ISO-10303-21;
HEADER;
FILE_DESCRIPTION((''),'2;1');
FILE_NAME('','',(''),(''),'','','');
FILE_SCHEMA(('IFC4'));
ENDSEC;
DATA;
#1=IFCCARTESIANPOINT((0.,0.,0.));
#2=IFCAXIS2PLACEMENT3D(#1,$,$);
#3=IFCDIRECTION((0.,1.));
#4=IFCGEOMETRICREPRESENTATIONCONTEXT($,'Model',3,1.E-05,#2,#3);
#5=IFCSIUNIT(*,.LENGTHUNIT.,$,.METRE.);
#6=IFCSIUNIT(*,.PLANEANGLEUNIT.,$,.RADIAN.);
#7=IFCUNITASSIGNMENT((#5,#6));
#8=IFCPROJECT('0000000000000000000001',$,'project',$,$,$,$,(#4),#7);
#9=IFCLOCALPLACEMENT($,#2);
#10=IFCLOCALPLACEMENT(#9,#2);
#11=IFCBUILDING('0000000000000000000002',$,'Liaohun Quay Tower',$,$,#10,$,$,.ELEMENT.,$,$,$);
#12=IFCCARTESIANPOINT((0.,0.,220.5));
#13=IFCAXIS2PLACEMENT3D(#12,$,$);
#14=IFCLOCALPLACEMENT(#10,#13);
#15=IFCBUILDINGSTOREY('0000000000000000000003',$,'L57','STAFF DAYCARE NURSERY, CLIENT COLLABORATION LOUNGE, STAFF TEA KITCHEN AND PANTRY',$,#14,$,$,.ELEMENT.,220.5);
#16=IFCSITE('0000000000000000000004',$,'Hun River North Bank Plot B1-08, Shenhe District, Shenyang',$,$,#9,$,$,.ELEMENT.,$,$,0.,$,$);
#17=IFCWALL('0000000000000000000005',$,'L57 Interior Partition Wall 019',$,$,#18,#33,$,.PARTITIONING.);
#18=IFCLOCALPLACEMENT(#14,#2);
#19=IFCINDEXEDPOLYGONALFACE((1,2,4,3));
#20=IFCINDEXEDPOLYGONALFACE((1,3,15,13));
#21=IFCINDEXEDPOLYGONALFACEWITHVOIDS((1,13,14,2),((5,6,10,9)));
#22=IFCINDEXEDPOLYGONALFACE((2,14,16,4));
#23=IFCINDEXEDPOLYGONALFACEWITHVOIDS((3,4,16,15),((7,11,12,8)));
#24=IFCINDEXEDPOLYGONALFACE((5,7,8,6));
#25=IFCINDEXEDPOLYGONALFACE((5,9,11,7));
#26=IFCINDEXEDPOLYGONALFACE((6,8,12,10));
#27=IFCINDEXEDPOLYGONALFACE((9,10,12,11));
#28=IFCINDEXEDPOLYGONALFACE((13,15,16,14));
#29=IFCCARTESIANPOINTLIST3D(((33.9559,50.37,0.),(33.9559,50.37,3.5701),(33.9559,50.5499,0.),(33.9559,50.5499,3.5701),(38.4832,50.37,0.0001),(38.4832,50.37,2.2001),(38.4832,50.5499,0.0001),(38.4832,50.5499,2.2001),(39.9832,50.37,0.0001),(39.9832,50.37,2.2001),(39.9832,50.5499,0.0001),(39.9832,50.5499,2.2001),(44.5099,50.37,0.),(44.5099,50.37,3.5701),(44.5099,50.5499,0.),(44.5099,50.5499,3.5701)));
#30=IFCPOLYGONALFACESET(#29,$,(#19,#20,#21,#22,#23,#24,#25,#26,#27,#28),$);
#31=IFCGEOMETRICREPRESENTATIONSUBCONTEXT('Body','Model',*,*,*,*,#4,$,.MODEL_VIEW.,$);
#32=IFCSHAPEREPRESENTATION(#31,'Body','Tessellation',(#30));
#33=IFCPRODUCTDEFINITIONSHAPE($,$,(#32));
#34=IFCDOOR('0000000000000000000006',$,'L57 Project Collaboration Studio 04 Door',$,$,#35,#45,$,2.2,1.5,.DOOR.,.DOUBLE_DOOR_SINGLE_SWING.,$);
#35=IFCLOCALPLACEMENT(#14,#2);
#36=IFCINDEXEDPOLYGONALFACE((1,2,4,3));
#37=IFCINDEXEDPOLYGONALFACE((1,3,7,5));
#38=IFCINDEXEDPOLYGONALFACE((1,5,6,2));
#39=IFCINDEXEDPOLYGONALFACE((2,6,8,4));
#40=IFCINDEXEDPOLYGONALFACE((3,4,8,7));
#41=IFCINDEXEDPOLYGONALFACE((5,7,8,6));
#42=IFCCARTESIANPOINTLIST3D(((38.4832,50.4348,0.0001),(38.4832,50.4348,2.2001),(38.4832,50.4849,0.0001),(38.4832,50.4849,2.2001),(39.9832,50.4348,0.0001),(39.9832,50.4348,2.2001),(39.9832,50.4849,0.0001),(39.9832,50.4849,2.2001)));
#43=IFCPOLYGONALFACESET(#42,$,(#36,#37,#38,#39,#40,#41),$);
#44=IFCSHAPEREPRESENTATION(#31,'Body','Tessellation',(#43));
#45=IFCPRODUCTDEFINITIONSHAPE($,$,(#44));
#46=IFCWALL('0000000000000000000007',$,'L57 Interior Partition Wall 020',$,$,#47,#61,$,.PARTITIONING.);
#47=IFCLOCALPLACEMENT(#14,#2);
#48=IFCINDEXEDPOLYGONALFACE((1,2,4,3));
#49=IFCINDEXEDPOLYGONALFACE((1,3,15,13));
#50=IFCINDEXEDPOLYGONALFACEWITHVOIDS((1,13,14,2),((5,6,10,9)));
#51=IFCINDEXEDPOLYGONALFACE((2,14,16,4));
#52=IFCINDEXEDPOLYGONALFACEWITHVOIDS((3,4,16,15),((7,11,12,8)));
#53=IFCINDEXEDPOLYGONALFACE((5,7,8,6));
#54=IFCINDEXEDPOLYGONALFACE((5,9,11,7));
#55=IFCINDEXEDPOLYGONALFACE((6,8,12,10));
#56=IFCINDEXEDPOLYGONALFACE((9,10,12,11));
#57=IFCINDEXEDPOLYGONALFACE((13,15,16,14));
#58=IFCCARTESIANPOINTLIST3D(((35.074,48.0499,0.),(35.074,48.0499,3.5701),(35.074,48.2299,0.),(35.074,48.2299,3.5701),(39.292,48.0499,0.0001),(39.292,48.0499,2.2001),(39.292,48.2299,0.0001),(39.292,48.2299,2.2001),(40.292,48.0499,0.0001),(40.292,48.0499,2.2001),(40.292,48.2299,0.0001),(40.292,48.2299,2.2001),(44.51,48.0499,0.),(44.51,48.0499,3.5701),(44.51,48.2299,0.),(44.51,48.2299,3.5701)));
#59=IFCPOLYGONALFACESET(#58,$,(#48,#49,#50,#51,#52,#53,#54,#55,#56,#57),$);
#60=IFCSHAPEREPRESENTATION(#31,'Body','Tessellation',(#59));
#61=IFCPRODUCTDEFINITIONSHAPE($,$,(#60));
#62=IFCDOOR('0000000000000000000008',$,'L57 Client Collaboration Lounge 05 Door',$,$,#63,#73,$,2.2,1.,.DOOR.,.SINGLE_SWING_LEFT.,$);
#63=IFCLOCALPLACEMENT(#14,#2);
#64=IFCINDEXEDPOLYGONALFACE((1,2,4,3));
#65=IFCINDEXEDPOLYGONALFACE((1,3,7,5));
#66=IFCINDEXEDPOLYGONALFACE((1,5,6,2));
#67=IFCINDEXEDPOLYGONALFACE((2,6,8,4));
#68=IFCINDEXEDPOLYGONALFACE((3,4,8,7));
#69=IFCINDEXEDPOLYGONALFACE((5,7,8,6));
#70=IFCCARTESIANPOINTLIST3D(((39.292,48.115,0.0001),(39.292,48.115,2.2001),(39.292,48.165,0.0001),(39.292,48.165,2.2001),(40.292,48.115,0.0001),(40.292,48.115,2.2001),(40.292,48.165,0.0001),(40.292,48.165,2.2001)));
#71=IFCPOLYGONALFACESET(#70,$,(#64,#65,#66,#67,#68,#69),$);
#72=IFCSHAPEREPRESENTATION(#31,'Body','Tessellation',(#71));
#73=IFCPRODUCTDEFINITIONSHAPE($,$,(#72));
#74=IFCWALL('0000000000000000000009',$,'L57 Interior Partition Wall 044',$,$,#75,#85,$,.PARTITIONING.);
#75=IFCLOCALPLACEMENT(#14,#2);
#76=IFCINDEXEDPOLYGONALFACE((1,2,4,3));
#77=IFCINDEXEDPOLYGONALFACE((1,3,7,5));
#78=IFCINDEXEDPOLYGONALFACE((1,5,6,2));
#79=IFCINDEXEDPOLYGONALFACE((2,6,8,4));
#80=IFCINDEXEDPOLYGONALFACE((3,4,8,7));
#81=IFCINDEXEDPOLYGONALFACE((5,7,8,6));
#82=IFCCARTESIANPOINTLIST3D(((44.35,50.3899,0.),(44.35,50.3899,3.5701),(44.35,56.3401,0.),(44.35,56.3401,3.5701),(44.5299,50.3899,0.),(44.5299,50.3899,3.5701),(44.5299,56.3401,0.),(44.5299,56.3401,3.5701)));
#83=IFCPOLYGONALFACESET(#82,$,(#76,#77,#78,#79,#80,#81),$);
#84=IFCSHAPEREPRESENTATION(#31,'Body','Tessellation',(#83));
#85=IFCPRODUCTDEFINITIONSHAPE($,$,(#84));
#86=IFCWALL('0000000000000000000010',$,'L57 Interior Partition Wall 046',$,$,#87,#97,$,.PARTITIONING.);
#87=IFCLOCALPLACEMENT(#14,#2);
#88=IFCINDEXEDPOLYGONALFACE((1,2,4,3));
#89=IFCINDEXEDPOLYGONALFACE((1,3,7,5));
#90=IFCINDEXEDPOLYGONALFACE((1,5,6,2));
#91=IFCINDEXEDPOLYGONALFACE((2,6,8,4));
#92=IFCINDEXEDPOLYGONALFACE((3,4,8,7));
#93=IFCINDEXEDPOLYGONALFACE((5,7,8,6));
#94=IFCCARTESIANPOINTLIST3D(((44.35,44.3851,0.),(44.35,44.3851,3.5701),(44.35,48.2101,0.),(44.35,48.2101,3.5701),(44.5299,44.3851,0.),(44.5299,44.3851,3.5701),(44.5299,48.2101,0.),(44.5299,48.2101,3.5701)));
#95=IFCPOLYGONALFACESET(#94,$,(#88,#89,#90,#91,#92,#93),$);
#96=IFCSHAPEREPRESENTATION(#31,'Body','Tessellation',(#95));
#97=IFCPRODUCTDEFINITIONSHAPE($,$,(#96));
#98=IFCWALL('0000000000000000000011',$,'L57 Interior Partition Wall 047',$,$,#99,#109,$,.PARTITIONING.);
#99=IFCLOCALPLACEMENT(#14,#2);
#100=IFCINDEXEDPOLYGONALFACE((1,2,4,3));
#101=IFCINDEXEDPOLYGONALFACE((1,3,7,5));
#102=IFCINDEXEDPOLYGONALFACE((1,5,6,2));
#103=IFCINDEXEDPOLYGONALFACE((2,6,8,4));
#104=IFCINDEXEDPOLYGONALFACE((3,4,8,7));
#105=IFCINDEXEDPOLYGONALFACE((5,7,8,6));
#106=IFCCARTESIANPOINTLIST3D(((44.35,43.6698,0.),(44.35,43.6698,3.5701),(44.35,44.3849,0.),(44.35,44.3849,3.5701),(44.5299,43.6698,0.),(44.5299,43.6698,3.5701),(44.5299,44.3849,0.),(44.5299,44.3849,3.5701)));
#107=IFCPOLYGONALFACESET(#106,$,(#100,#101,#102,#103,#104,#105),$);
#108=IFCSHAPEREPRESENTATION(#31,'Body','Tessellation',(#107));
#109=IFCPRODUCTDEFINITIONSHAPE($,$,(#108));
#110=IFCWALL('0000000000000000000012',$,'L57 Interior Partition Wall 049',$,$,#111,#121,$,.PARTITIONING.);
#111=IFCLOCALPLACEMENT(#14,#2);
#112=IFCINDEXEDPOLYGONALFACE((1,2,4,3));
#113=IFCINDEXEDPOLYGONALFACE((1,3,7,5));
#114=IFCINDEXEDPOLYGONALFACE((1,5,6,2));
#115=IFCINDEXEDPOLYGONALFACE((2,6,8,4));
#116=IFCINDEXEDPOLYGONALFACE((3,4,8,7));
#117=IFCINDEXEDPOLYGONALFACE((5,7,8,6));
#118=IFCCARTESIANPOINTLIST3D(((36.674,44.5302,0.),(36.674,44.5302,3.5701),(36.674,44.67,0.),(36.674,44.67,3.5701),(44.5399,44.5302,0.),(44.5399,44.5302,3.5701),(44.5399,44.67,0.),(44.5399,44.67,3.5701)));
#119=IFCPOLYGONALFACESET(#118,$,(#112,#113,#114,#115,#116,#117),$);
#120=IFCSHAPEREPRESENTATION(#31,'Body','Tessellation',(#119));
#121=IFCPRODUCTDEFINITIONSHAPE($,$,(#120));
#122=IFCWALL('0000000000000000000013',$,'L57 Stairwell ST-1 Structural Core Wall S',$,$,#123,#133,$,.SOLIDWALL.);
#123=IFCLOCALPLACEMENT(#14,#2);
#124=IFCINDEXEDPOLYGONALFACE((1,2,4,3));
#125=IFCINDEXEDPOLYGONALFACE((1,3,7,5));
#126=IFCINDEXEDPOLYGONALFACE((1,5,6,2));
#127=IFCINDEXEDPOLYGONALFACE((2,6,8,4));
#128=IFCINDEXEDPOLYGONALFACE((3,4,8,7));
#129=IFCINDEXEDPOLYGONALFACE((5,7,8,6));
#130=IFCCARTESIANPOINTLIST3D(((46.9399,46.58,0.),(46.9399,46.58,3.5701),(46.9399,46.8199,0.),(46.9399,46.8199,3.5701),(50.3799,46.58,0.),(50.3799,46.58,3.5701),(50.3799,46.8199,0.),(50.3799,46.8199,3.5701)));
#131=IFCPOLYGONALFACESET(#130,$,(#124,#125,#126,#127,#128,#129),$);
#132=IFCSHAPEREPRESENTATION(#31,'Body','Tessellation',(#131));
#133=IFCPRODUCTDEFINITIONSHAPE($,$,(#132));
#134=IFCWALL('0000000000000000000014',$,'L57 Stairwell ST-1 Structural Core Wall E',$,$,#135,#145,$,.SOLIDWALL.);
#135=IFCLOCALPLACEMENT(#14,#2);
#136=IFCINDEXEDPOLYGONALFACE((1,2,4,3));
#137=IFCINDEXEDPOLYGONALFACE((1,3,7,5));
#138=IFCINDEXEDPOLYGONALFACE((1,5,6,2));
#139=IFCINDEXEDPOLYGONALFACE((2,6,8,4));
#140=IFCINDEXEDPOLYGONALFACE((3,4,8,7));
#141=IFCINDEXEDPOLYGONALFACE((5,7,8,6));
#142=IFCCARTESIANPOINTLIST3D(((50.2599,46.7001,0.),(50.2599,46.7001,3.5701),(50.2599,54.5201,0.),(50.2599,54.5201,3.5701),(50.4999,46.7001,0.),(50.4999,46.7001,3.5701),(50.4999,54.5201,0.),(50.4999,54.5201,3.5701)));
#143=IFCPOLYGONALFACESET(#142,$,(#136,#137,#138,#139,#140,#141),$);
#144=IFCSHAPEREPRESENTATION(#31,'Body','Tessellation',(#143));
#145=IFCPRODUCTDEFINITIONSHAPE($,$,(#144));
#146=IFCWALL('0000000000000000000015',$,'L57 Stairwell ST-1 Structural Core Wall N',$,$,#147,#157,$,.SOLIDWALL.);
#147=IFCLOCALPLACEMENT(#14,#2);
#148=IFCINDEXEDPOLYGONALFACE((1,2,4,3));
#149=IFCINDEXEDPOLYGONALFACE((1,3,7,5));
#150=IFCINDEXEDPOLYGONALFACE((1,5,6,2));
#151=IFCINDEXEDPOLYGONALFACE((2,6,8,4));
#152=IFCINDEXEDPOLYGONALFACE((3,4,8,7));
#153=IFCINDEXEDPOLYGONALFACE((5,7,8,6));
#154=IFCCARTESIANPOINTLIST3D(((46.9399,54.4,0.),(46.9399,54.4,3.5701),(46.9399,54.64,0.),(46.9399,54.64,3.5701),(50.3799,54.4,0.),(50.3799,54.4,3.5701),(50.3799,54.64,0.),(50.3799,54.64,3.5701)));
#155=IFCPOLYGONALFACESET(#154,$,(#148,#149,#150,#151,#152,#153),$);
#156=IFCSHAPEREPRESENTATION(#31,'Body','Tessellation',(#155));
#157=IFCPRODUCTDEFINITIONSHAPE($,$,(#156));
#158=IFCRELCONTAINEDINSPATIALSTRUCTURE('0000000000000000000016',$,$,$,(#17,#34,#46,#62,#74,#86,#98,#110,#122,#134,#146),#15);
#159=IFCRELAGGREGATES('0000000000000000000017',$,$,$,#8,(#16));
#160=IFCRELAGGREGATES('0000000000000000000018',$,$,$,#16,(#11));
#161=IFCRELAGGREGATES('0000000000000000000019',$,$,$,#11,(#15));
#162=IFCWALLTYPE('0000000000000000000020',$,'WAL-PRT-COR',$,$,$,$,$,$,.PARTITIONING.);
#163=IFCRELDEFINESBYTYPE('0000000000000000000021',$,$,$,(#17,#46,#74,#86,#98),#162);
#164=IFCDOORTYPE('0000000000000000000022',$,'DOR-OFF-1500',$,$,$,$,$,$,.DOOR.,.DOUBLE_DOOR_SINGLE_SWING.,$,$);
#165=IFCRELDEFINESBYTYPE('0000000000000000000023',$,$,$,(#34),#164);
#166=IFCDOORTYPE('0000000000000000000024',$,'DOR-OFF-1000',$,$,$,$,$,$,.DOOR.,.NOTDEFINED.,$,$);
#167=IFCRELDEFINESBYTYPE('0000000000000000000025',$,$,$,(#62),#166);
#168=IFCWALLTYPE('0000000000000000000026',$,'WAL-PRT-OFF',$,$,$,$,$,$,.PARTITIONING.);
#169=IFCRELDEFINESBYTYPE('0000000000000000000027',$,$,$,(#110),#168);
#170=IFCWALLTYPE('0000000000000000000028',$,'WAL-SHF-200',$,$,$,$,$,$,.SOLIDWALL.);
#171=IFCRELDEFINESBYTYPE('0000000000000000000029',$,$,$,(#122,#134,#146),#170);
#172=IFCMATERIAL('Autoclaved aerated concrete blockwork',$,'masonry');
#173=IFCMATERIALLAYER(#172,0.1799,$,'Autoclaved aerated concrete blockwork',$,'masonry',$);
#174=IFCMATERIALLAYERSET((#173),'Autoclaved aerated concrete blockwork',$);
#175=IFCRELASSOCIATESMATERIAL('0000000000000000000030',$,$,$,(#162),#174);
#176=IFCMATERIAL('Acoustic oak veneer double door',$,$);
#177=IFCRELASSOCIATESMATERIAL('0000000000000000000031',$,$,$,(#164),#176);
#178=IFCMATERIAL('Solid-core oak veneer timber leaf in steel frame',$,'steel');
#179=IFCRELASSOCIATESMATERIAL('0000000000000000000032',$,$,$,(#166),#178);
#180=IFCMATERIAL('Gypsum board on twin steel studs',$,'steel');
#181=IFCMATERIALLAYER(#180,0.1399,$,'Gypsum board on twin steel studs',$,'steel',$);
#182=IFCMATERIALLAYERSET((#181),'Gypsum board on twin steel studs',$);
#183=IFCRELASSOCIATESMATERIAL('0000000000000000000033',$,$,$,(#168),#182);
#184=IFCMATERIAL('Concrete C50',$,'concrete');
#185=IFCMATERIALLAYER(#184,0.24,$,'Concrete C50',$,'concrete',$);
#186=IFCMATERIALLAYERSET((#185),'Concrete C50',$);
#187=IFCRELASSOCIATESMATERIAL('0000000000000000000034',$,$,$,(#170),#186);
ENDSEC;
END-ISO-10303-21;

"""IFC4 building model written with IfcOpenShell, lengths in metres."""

from ifc_helpers import new_model, si_unit, direction, frame, frame_2d, origin, place, context, subcontext, project, spatial, rectangle, extrude, source, transform, mapped, material, layer, layer_set, type_object, element, fill, save


model = new_model("IFC4")

# Units and contexts
model_context = context("Model", 3, precision=1e-05, world=origin(), true_north=direction((0.0, 1.0)))
body_context = subcontext(model_context, "Body", "Model", "MODEL_VIEW")
ifc_project = project(units=[si_unit("LENGTHUNIT", "METRE"), si_unit("PLANEANGLEUNIT", "RADIAN")], contexts=[model_context])

# Site, building, storey
site_placement = place(None, origin())
site = spatial("IfcSite", under=ifc_project, at=site_placement, Name="Hun River North Bank Plot B1-08, Shenhe District, Shenyang", CompositionType="ELEMENT", RefElevation=0.0)
building_placement = place(site_placement, origin())
building = spatial("IfcBuilding", under=site, at=building_placement, Name="Liaohun Quay Tower", CompositionType="ELEMENT")
storey_placement = place(building_placement, frame((0.0, 0.0, 220.5)))
storey = spatial("IfcBuildingStorey", under=building, at=storey_placement, Name="L57", Description="STAFF DAYCARE NURSERY, CLIENT COLLABORATION LOUNGE, STAFF TEA KITCHEN AND PANTRY", CompositionType="ELEMENT", Elevation=220.5)

# Walls, openings, doors
ifc_material_1 = material(Name="Autoclaved aerated concrete blockwork", Category="masonry")
ifc_layer_1 = layer(ifc_material_1, 0.1799, Name="Autoclaved aerated concrete blockwork", Category="masonry")
ifc_layer_set_1 = layer_set([ifc_layer_1], Name="Autoclaved aerated concrete blockwork")
wall_type_1 = type_object("IfcWallType", Name="WAL-PRT-COR", PredefinedType="PARTITIONING", material=ifc_layer_set_1)
wall_1_placement = place(storey_placement, frame((33.9561, 50.46, 0.0), z_axis=(0.0, 0.0, 1.0), x_axis=(1.0, 0.0, 0.0)))
wall_1 = element("IfcWall", 1, at=wall_1_placement, inside=storey, type_object=wall_type_1, Name="L57 Interior Partition Wall 019", PredefinedType="PARTITIONING", context=body_context, shape_type="SweptSolid", body=[
    extrude(rectangle(XDim=10.554, YDim=0.1799, at=frame_2d((5.2769, 0.0))), origin(), (0.0, 0.0, 1.0), 3.5701),
])
shared_shape_1 = source(origin(), body_context, "Body", "SweptSolid", [
    extrude(rectangle(XDim=1.5, YDim=2.2, at=frame_2d((0.75, 1.1001))), frame((0.0, 0.0999, 0.0), z_axis=(0.0, -1.0, 0.0), x_axis=(1.0, 0.0, 0.0)), (0.0, 0.0, 1.0), 0.2),
])
opening_1_placement = place(wall_1_placement, frame((4.5271, 0.0, 0.0)))
opening_1 = element("IfcOpeningElement", 2, at=opening_1_placement, cuts=wall_1, PredefinedType="OPENING", context=body_context, shape_type="MappedRepresentation", body=[
    mapped(shared_shape_1, transform((0.0, 0.0, 0.0), x_axis=(1.0, 0.0, 0.0), y_axis=(0.0, 1.0, 0.0), z_axis=(0.0, 0.0, 1.0), scale=1.0)),
])
ifc_material_2 = material(Name="Acoustic oak veneer double door")
door_type_1 = type_object("IfcDoorType", Name="DOR-OFF-1500", OperationType="DOUBLE_DOOR_SINGLE_SWING", PredefinedType="DOOR", material=ifc_material_2)
shared_shape_2 = source(origin(), body_context, "Body", "SweptSolid", [
    extrude(rectangle(XDim=1.5, YDim=2.2, at=frame_2d((0.75, 1.1001))), frame((0.0, 0.0249, 0.0), z_axis=(0.0, -1.0, 0.0), x_axis=(1.0, 0.0, 0.0)), (0.0, 0.0, 1.0), 0.05),
])
door_1_placement = place(opening_1_placement, origin())
door_1 = element("IfcDoor", 3, at=door_1_placement, inside=storey, type_object=door_type_1, Name="L57 Project Collaboration Studio 04 Door", OperationType="DOUBLE_DOOR_SINGLE_SWING", OverallHeight=2.2, OverallWidth=1.5, PredefinedType="DOOR", context=body_context, shape_type="MappedRepresentation", body=[
    mapped(shared_shape_2, transform((0.0, 0.0, 0.0), x_axis=(1.0, 0.0, 0.0), y_axis=(0.0, 1.0, 0.0), z_axis=(0.0, 0.0, 1.0), scale=1.0)),
])
fill(opening_1, door_1)
wall_2_placement = place(storey_placement, frame((44.51, 48.1399, 0.0), z_axis=(0.0, 0.0, 1.0), x_axis=(-1.0, 0.0, 0.0)))
wall_2 = element("IfcWall", 4, at=wall_2_placement, inside=storey, type_object=wall_type_1, Name="L57 Interior Partition Wall 020", PredefinedType="PARTITIONING", context=body_context, shape_type="SweptSolid", body=[
    extrude(rectangle(XDim=9.436, YDim=0.1799, at=frame_2d((4.718, 0.0))), origin(), (0.0, 0.0, 1.0), 3.5701),
])
shared_shape_3 = source(origin(), body_context, "Body", "SweptSolid", [
    extrude(rectangle(XDim=1.0, YDim=2.2, at=frame_2d((0.5, 1.1001))), frame((0.0, 0.0999, 0.0), z_axis=(0.0, -1.0, 0.0), x_axis=(1.0, 0.0, 0.0)), (0.0, 0.0, 1.0), 0.2),
])
opening_2_placement = place(wall_2_placement, frame((4.218, 0.0, 0.0)))
opening_2 = element("IfcOpeningElement", 5, at=opening_2_placement, cuts=wall_2, PredefinedType="OPENING", context=body_context, shape_type="MappedRepresentation", body=[
    mapped(shared_shape_3, transform((0.0, 0.0, 0.0), x_axis=(1.0, 0.0, 0.0), y_axis=(0.0, 1.0, 0.0), z_axis=(0.0, 0.0, 1.0), scale=1.0)),
])
ifc_material_3 = material(Name="Solid-core oak veneer timber leaf in steel frame", Category="steel")
door_type_2 = type_object("IfcDoorType", Name="DOR-OFF-1000", OperationType="NOTDEFINED", PredefinedType="DOOR", material=ifc_material_3)
shared_shape_4 = source(origin(), body_context, "Body", "SweptSolid", [
    extrude(rectangle(XDim=1.0, YDim=2.2, at=frame_2d((0.5, 1.1001))), frame((0.0, 0.0249, 0.0), z_axis=(0.0, -1.0, 0.0), x_axis=(1.0, 0.0, 0.0)), (0.0, 0.0, 1.0), 0.05),
])
door_2_placement = place(opening_2_placement, origin())
door_2 = element("IfcDoor", 6, at=door_2_placement, inside=storey, type_object=door_type_2, Name="L57 Client Collaboration Lounge 05 Door", OperationType="SINGLE_SWING_LEFT", OverallHeight=2.2, OverallWidth=1.0, PredefinedType="DOOR", context=body_context, shape_type="MappedRepresentation", body=[
    mapped(shared_shape_4, transform((0.0, 0.0, 0.0), x_axis=(1.0, 0.0, 0.0), y_axis=(0.0, 1.0, 0.0), z_axis=(0.0, 0.0, 1.0), scale=1.0)),
])
fill(opening_2, door_2)

# Walls
wall_3_placement = place(storey_placement, frame((44.4399, 50.3899, 0.0), z_axis=(0.0, 0.0, 1.0), x_axis=(0.0, 1.0, 0.0)))
element("IfcWall", 7, at=wall_3_placement, inside=storey, type_object=wall_type_1, Name="L57 Interior Partition Wall 044", PredefinedType="PARTITIONING", context=body_context, shape_type="SweptSolid", body=[
    extrude(rectangle(XDim=5.9502, YDim=0.1799, at=frame_2d((2.9751, 0.0))), origin(), (0.0, 0.0, 1.0), 3.5701),
])
wall_4_placement = place(storey_placement, frame((44.4399, 44.385, 0.0), z_axis=(0.0, 0.0, 1.0), x_axis=(0.0, 1.0, 0.0)))
element("IfcWall", 8, at=wall_4_placement, inside=storey, type_object=wall_type_1, Name="L57 Interior Partition Wall 046", PredefinedType="PARTITIONING", context=body_context, shape_type="SweptSolid", body=[
    extrude(rectangle(XDim=3.825, YDim=0.1799, at=frame_2d((1.9126, 0.0))), origin(), (0.0, 0.0, 1.0), 3.5701),
])
wall_5_placement = place(storey_placement, frame((44.4399, 43.6699, 0.0), z_axis=(0.0, 0.0, 1.0), x_axis=(0.0, 1.0, 0.0)))
element("IfcWall", 9, at=wall_5_placement, inside=storey, type_object=wall_type_1, Name="L57 Interior Partition Wall 047", PredefinedType="PARTITIONING", context=body_context, shape_type="SweptSolid", body=[
    extrude(rectangle(XDim=0.7151, YDim=0.1799, at=frame_2d((0.3574, 0.0))), origin(), (0.0, 0.0, 1.0), 3.5701),
])
ifc_material_4 = material(Name="Gypsum board on twin steel studs", Category="steel")
ifc_layer_2 = layer(ifc_material_4, 0.1399, Name="Gypsum board on twin steel studs", Category="steel")
ifc_layer_set_2 = layer_set([ifc_layer_2], Name="Gypsum board on twin steel studs")
wall_type_2 = type_object("IfcWallType", Name="WAL-PRT-OFF", PredefinedType="PARTITIONING", material=ifc_layer_set_2)
wall_6_placement = place(storey_placement, frame((44.54, 44.6001, 0.0), z_axis=(0.0, 0.0, 1.0), x_axis=(-1.0, 0.0, 0.0)))
element("IfcWall", 10, at=wall_6_placement, inside=storey, type_object=wall_type_2, Name="L57 Interior Partition Wall 049", PredefinedType="PARTITIONING", context=body_context, shape_type="SweptSolid", body=[
    extrude(rectangle(XDim=7.866, YDim=0.1399, at=frame_2d((3.9331, 0.0))), origin(), (0.0, 0.0, 1.0), 3.5701),
])
ifc_material_5 = material(Name="Concrete C50", Category="concrete")
ifc_layer_3 = layer(ifc_material_5, 0.24, Name="Concrete C50", Category="concrete")
ifc_layer_set_3 = layer_set([ifc_layer_3], Name="Concrete C50")
wall_type_3 = type_object("IfcWallType", Name="WAL-SHF-200", PredefinedType="SOLIDWALL", material=ifc_layer_set_3)
wall_7_placement = place(storey_placement, frame((46.9399, 46.7, 0.0), z_axis=(0.0, 0.0, 1.0), x_axis=(1.0, 0.0, 0.0)))
element("IfcWall", 11, at=wall_7_placement, inside=storey, type_object=wall_type_3, Name="L57 Stairwell ST-1 Structural Core Wall S", PredefinedType="SOLIDWALL", context=body_context, shape_type="SweptSolid", body=[
    extrude(rectangle(XDim=3.4399, YDim=0.24, at=frame_2d((1.72, 0.0))), origin(), (0.0, 0.0, 1.0), 3.5701),
])
wall_8_placement = place(storey_placement, frame((50.3799, 46.7, 0.0), z_axis=(0.0, 0.0, 1.0), x_axis=(0.0, 1.0, 0.0)))
element("IfcWall", 12, at=wall_8_placement, inside=storey, type_object=wall_type_3, Name="L57 Stairwell ST-1 Structural Core Wall E", PredefinedType="SOLIDWALL", context=body_context, shape_type="SweptSolid", body=[
    extrude(rectangle(XDim=7.8201, YDim=0.24, at=frame_2d((3.9102, 0.0))), origin(), (0.0, 0.0, 1.0), 3.5701),
])
wall_9_placement = place(storey_placement, frame((50.3799, 54.52, 0.0), z_axis=(0.0, 0.0, 1.0), x_axis=(-1.0, 0.0, 0.0)))
element("IfcWall", 13, at=wall_9_placement, inside=storey, type_object=wall_type_3, Name="L57 Stairwell ST-1 Structural Core Wall N", PredefinedType="SOLIDWALL", context=body_context, shape_type="SweptSolid", body=[
    extrude(rectangle(XDim=3.4399, YDim=0.24, at=frame_2d((1.72, 0.0))), origin(), (0.0, 0.0, 1.0), 3.5701),
])

save(model, "model.ifc")
